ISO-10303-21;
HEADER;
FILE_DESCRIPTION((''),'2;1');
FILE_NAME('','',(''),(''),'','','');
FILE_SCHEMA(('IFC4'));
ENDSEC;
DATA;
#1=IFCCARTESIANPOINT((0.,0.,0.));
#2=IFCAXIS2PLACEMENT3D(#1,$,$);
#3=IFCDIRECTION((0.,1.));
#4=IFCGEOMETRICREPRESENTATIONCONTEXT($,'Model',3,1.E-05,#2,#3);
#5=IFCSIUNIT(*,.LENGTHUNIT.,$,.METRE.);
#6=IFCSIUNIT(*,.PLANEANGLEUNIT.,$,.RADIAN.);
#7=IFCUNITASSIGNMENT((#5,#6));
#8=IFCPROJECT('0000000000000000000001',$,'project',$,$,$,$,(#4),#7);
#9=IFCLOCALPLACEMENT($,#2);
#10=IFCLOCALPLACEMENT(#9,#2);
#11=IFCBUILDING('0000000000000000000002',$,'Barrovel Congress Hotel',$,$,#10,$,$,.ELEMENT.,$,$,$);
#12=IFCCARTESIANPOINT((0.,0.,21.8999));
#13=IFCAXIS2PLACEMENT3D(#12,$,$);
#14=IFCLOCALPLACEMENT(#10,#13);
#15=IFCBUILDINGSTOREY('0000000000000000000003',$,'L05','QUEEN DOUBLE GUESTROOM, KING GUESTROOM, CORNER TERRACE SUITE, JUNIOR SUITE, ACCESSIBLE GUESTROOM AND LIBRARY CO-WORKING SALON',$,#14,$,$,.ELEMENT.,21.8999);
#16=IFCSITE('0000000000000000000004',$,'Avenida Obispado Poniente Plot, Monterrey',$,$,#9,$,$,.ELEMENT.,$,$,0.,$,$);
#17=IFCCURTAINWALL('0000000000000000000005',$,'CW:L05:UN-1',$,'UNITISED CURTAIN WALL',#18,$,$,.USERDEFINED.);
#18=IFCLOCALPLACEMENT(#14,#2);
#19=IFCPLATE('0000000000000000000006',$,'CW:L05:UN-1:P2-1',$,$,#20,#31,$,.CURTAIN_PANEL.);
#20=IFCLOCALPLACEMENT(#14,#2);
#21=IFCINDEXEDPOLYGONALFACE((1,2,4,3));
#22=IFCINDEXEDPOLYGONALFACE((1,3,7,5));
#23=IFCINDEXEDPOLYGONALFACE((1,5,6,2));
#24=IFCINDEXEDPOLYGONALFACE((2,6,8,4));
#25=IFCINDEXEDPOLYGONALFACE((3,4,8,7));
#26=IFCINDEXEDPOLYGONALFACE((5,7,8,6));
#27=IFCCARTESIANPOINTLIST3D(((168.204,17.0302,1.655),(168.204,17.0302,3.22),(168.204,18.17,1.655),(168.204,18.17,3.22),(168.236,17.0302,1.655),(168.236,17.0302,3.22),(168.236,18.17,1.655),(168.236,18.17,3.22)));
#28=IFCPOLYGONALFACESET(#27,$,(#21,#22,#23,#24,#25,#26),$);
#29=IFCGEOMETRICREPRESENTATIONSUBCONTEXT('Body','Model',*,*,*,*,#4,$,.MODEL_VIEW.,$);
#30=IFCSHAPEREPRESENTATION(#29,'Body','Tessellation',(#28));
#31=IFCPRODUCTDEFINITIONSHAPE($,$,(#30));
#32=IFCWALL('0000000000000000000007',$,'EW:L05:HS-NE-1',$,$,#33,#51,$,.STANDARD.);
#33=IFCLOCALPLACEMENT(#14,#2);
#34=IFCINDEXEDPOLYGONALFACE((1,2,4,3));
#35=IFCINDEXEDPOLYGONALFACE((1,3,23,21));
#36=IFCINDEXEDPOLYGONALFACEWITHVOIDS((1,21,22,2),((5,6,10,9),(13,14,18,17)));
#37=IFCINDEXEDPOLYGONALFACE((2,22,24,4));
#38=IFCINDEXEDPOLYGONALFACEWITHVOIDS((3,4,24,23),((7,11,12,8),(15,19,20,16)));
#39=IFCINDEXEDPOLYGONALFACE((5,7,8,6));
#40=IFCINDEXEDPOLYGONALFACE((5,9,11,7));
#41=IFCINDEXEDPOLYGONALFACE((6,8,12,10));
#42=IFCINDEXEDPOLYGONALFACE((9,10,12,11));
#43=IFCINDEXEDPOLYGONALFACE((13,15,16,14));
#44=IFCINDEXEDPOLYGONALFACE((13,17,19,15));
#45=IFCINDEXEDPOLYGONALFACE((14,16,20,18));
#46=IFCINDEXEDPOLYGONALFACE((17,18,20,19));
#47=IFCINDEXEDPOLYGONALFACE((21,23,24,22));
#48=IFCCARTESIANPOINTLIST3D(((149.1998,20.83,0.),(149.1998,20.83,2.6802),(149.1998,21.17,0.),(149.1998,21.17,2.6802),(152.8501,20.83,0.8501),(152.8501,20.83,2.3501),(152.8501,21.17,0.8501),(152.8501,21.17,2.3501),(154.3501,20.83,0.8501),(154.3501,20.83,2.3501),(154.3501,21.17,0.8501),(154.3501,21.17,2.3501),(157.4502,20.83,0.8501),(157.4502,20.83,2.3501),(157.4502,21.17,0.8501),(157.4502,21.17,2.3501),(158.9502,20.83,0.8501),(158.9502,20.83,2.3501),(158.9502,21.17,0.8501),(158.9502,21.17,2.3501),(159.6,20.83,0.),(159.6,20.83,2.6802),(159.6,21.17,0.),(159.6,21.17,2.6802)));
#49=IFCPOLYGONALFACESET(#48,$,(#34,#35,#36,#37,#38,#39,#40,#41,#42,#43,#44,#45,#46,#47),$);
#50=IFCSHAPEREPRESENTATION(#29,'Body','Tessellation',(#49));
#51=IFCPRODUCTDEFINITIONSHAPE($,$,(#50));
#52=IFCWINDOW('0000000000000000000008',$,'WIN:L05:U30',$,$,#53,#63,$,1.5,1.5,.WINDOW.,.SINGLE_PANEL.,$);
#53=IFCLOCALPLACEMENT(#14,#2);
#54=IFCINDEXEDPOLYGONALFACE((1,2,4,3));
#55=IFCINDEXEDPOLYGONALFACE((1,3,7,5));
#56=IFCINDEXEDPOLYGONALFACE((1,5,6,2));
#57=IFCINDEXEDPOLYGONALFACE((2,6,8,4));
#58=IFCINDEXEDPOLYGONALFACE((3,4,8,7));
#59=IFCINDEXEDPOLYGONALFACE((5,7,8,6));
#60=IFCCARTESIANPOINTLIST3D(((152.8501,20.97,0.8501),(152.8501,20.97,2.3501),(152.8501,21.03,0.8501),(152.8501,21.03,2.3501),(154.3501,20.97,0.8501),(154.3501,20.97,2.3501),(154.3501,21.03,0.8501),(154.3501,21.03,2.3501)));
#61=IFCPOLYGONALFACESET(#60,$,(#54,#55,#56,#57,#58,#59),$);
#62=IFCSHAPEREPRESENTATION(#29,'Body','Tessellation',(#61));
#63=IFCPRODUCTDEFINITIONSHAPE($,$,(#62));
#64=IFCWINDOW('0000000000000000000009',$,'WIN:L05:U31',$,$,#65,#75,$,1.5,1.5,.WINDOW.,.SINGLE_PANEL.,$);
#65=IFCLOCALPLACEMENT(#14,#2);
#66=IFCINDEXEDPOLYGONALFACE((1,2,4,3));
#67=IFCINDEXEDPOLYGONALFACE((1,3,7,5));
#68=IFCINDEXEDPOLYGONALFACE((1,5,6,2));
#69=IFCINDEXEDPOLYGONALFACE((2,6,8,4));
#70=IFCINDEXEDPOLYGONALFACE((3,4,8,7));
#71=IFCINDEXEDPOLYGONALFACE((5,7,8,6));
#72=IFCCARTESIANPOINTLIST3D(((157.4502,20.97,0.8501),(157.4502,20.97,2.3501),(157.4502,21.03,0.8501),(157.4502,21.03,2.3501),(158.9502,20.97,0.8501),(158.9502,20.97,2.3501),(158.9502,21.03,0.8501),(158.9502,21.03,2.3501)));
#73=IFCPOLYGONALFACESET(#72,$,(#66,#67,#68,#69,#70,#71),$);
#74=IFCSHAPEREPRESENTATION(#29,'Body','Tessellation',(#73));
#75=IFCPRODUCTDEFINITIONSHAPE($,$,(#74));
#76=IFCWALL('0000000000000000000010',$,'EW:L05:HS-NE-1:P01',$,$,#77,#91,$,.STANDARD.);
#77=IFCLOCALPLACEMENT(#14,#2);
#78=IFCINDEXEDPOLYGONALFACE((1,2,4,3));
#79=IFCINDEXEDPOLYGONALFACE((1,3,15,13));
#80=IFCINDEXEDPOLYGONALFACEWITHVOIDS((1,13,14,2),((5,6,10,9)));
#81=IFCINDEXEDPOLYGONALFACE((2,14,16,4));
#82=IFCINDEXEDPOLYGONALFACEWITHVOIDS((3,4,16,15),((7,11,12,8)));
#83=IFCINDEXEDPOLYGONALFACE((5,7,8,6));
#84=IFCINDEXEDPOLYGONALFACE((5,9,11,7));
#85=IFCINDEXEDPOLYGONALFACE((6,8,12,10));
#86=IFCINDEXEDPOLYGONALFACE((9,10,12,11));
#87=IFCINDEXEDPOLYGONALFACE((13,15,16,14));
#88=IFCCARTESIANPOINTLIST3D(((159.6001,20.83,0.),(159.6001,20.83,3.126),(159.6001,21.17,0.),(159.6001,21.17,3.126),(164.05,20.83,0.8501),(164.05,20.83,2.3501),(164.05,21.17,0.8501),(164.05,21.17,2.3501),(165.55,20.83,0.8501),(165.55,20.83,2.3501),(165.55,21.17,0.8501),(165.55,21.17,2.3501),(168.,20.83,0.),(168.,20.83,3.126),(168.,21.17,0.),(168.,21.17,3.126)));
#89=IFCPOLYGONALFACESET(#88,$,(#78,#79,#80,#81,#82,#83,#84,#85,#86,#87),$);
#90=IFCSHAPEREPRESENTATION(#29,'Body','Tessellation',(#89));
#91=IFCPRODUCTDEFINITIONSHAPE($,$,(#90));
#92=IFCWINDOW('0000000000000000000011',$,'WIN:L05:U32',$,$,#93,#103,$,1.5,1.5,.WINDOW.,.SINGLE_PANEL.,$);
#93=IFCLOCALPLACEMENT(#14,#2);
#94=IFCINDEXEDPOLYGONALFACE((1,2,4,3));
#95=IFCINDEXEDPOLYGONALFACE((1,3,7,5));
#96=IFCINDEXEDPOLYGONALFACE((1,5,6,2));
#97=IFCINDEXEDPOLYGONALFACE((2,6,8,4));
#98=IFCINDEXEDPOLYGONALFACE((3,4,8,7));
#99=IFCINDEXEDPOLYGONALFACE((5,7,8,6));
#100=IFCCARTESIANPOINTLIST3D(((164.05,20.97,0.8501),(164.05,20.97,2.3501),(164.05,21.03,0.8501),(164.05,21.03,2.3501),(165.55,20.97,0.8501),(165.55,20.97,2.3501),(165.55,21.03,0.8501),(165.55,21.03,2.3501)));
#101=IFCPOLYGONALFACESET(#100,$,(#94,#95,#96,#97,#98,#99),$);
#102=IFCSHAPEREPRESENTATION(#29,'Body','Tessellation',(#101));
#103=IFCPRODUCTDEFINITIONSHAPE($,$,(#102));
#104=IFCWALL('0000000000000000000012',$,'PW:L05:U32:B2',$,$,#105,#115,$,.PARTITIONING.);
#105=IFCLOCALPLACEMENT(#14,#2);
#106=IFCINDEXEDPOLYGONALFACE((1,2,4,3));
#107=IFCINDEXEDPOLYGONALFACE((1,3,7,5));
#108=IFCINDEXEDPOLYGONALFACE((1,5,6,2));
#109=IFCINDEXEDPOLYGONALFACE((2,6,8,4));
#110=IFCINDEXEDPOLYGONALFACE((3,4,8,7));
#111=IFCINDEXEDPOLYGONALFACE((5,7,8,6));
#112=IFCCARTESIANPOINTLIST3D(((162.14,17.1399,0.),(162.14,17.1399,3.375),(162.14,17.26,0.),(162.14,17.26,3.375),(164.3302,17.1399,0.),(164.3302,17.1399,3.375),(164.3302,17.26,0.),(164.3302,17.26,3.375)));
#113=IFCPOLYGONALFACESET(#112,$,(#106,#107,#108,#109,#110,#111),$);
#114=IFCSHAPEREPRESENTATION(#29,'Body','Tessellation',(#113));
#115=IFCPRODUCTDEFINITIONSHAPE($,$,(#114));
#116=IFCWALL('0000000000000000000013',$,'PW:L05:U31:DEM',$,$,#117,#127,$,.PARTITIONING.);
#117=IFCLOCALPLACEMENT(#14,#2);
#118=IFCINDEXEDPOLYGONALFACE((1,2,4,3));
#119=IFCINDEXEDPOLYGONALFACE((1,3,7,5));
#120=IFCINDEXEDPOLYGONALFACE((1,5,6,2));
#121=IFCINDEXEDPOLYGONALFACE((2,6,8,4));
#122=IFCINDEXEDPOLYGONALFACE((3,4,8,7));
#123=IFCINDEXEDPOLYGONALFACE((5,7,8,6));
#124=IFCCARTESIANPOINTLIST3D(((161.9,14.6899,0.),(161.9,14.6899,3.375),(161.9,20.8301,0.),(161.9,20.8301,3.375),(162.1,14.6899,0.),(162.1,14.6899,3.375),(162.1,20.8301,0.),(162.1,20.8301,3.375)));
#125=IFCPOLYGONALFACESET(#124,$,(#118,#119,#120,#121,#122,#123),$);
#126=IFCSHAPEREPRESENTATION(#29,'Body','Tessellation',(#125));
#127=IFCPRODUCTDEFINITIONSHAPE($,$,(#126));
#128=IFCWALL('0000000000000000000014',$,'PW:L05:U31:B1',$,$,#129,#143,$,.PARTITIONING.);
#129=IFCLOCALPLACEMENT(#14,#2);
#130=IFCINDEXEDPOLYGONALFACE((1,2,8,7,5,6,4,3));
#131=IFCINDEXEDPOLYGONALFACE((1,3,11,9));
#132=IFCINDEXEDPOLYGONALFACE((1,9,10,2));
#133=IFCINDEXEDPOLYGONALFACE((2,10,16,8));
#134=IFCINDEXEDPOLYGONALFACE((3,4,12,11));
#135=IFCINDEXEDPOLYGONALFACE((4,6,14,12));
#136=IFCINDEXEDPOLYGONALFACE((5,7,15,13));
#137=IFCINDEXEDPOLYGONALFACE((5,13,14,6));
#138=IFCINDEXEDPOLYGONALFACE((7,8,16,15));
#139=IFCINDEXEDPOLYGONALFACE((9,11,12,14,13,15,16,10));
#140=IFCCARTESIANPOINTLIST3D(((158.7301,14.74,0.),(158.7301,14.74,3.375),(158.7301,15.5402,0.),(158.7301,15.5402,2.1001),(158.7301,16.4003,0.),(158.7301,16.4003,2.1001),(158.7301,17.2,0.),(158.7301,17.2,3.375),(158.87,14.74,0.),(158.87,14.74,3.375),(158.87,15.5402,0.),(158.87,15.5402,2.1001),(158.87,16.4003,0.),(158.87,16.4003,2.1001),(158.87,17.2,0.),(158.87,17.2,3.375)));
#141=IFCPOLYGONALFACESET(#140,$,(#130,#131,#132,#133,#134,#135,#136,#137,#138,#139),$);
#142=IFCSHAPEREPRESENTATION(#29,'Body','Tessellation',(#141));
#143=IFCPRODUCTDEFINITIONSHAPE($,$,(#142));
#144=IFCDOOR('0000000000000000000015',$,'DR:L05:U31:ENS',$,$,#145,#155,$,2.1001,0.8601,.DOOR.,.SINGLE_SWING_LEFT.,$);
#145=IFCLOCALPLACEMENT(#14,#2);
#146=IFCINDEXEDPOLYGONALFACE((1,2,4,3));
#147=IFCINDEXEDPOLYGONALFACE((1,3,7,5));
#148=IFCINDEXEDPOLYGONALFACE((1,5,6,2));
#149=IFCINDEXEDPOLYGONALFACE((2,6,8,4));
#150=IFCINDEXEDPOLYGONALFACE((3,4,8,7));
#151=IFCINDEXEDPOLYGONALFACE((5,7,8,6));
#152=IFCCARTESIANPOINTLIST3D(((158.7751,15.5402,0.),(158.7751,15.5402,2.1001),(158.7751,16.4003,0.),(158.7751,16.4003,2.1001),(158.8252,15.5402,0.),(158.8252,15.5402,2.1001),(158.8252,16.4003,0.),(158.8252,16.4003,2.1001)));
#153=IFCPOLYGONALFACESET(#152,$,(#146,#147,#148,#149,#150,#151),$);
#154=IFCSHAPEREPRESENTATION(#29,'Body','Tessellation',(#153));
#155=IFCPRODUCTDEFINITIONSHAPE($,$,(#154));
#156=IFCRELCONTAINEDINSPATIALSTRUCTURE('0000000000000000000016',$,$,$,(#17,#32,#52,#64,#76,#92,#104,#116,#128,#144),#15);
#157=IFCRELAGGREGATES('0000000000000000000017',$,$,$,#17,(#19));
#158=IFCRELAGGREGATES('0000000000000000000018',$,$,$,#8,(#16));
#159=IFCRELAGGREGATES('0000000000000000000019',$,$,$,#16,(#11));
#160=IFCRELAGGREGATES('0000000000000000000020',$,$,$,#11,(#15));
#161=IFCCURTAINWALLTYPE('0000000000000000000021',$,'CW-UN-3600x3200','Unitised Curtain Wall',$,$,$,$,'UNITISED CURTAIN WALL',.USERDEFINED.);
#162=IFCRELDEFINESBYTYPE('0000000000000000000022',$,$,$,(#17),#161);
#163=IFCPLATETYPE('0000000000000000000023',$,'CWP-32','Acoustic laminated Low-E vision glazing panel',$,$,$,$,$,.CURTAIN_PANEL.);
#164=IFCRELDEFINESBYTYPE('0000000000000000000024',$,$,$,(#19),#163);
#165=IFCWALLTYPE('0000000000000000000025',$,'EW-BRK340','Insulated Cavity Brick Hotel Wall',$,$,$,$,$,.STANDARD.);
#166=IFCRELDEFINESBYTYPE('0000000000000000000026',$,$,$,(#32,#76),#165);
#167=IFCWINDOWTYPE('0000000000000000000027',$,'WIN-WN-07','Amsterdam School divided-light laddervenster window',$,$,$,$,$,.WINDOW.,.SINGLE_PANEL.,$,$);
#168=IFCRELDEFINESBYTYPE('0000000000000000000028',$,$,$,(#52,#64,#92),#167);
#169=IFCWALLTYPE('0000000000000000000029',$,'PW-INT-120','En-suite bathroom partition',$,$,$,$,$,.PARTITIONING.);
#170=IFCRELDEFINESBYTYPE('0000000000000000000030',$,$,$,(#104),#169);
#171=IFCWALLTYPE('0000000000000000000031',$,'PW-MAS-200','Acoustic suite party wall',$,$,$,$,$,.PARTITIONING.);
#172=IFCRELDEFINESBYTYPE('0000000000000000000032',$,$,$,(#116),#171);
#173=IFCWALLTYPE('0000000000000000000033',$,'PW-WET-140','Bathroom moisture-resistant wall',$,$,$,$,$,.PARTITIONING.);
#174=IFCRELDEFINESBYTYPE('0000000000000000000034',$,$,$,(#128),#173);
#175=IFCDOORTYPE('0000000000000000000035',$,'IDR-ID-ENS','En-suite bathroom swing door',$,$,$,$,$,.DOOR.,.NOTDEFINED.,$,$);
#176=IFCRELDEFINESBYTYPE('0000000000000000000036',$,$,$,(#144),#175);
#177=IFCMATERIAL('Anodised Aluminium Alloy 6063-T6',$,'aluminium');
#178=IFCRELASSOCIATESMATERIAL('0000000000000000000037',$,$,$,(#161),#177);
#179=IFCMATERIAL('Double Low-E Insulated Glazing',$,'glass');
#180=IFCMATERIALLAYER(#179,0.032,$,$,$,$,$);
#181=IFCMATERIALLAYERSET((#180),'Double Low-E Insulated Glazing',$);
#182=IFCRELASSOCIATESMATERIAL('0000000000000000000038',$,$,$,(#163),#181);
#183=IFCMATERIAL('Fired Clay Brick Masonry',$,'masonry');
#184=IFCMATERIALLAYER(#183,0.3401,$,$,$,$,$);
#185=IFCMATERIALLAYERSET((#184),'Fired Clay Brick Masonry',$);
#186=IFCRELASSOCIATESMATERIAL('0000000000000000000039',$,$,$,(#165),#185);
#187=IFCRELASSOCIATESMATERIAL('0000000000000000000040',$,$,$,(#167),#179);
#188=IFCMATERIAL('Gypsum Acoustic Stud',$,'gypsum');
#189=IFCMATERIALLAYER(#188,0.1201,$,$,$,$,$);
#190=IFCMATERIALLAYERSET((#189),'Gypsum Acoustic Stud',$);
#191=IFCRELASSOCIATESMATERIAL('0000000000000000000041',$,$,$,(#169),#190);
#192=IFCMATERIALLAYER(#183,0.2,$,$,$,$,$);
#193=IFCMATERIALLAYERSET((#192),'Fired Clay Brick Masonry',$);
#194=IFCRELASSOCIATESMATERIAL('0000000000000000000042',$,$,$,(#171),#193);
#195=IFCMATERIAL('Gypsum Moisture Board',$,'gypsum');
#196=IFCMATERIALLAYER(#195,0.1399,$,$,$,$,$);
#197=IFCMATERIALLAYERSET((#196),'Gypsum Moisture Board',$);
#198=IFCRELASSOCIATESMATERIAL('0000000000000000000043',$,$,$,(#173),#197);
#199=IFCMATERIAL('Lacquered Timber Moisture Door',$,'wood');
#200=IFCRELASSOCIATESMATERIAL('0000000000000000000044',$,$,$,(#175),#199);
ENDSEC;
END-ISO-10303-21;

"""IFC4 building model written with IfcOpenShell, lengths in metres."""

from ifc_helpers import new_model, si_unit, direction, frame, frame_2d, origin, origin_2d, place, context, subcontext, project, spatial, rectangle, extrude, material, layer, layer_set, type_object, element, fill, aggregate, save


model = new_model("IFC4")

# Units and contexts
model_context = context("Model", 3, precision=1e-05, world=origin(), true_north=direction((0.0, 1.0)))
body_context = subcontext(model_context, "Body", "Model", "MODEL_VIEW")
ifc_project = project(units=[si_unit("LENGTHUNIT", "METRE"), si_unit("PLANEANGLEUNIT", "RADIAN")], contexts=[model_context])

# Site, building, storey
site_placement = place(None, origin())
site = spatial("IfcSite", under=ifc_project, at=site_placement, Name="Avenida Obispado Poniente Plot, Monterrey", CompositionType="ELEMENT", RefElevation=0.0)
building_placement = place(site_placement, origin())
building = spatial("IfcBuilding", under=site, at=building_placement, Name="Barrovel Congress Hotel", CompositionType="ELEMENT")
storey_placement = place(building_placement, frame((0.0, 0.0, 21.8999)))
storey = spatial("IfcBuildingStorey", under=building, at=storey_placement, Name="L05", Description="QUEEN DOUBLE GUESTROOM, KING GUESTROOM, CORNER TERRACE SUITE, JUNIOR SUITE, ACCESSIBLE GUESTROOM AND LIBRARY CO-WORKING SALON", CompositionType="ELEMENT", Elevation=21.8999)

# Curtain wall, plate
ifc_material_1 = material(Name="Anodised Aluminium Alloy 6063-T6", Category="aluminium")
curtain_wall_type = type_object("IfcCurtainWallType", Name="CW-UN-3600x3200", Description="Unitised Curtain Wall", ElementType="UNITISED CURTAIN WALL", PredefinedType="USERDEFINED", material=ifc_material_1)
curtain_wall_placement = place(storey_placement, origin())
curtain_wall = element("IfcCurtainWall", 1, at=curtain_wall_placement, inside=storey, type_object=curtain_wall_type, Name="CW:L05:UN-1", ObjectType="UNITISED CURTAIN WALL", PredefinedType="USERDEFINED")
ifc_material_2 = material(Name="Double Low-E Insulated Glazing", Category="glass")
ifc_layer_1 = layer(ifc_material_2, 0.032)
ifc_layer_set_1 = layer_set([ifc_layer_1], Name="Double Low-E Insulated Glazing")
plate_type = type_object("IfcPlateType", Name="CWP-32", Description="Acoustic laminated Low-E vision glazing panel", PredefinedType="CURTAIN_PANEL", material=ifc_layer_set_1)
plate_1_placement = place(storey_placement, frame((168.22, 17.6001, 1.655), z_axis=(0.0, 0.0, 1.0), x_axis=(0.0, 1.0, 0.0)))
plate_1 = element("IfcPlate", 2, at=plate_1_placement, type_object=plate_type, Name="CW:L05:UN-1:P2-1", PredefinedType="CURTAIN_PANEL", context=body_context, shape_type="SweptSolid", body=[
    extrude(rectangle(XDim=1.1399, YDim=0.032, at=origin_2d()), origin(), (0.0, 0.0, 1.0), 1.5649),
])
aggregate(curtain_wall, [plate_1])

# Wall, openings, windows
ifc_material_3 = material(Name="Fired Clay Brick Masonry", Category="masonry")
ifc_layer_2 = layer(ifc_material_3, 0.3401)
ifc_layer_set_2 = layer_set([ifc_layer_2], Name="Fired Clay Brick Masonry")
wall_type_1 = type_object("IfcWallType", Name="EW-BRK340", Description="Insulated Cavity Brick Hotel Wall", PredefinedType="STANDARD", material=ifc_layer_set_2)
wall_1_placement = place(storey_placement, frame((159.6001, 21.0, 0.0), z_axis=(0.0, 0.0, 1.0), x_axis=(-1.0, 0.0, 0.0)))
wall_1 = element("IfcWall", 3, at=wall_1_placement, inside=storey, type_object=wall_type_1, Name="EW:L05:HS-NE-1", PredefinedType="STANDARD", context=body_context, shape_type="SweptSolid", body=[
    extrude(rectangle(XDim=10.4001, YDim=0.3401, at=frame_2d((5.2002, 0.0))), origin(), (0.0, 0.0, 1.0), 2.6802),
])
opening_1_placement = place(wall_1_placement, frame((5.25, 0.0, 0.8501)))
opening_1 = element("IfcOpeningElement", 4, at=opening_1_placement, cuts=wall_1, PredefinedType="OPENING", context=body_context, shape_type="SweptSolid", body=[
    extrude(rectangle(XDim=1.5, YDim=1.5, at=frame_2d((0.75, 0.75))), frame((0.0, 0.1802, 0.0), z_axis=(0.0, -1.0, 0.0), x_axis=(1.0, 0.0, 0.0)), (0.0, 0.0, 1.0), 0.3601),
])
opening_2_placement = place(wall_1_placement, frame((0.6499, 0.0, 0.8501)))
opening_2 = element("IfcOpeningElement", 5, at=opening_2_placement, cuts=wall_1, PredefinedType="OPENING", context=body_context, shape_type="SweptSolid", body=[
    extrude(rectangle(XDim=1.5, YDim=1.5, at=frame_2d((0.75, 0.75))), frame((0.0, 0.1802, 0.0), z_axis=(0.0, -1.0, 0.0), x_axis=(1.0, 0.0, 0.0)), (0.0, 0.0, 1.0), 0.3601),
])
window_type = type_object("IfcWindowType", Name="WIN-WN-07", Description="Amsterdam School divided-light laddervenster window", PartitioningType="SINGLE_PANEL", PredefinedType="WINDOW", material=ifc_material_2)
window_1_placement = place(opening_1_placement, origin())
window_1 = element("IfcWindow", 6, at=window_1_placement, inside=storey, type_object=window_type, Name="WIN:L05:U30", OverallHeight=1.5, OverallWidth=1.5, PartitioningType="SINGLE_PANEL", PredefinedType="WINDOW", context=body_context, shape_type="SweptSolid", body=[
    extrude(rectangle(XDim=1.5, YDim=1.5, at=frame_2d((0.75, 0.75))), frame((0.0, 0.03, 0.0), z_axis=(0.0, -1.0, 0.0), x_axis=(1.0, 0.0, 0.0)), (0.0, 0.0, 1.0), 0.0601),
])
fill(opening_1, window_1)
window_2_placement = place(opening_2_placement, origin())
window_2 = element("IfcWindow", 7, at=window_2_placement, inside=storey, type_object=window_type, Name="WIN:L05:U31", OverallHeight=1.5, OverallWidth=1.5, PartitioningType="SINGLE_PANEL", PredefinedType="WINDOW", context=body_context, shape_type="SweptSolid", body=[
    extrude(rectangle(XDim=1.5, YDim=1.5, at=frame_2d((0.75, 0.75))), frame((0.0, 0.03, 0.0), z_axis=(0.0, -1.0, 0.0), x_axis=(1.0, 0.0, 0.0)), (0.0, 0.0, 1.0), 0.0601),
])
fill(opening_2, window_2)

# Wall, opening, window
wall_2_placement = place(storey_placement, frame((168.0, 21.0, 0.0), z_axis=(0.0, 0.0, 1.0), x_axis=(-1.0, 0.0, 0.0)))
wall_2 = element("IfcWall", 8, at=wall_2_placement, inside=storey, type_object=wall_type_1, Name="EW:L05:HS-NE-1:P01", PredefinedType="STANDARD", context=body_context, shape_type="SweptSolid", body=[
    extrude(rectangle(XDim=8.3999, YDim=0.3401, at=frame_2d((4.2, 0.0))), origin(), (0.0, 0.0, 1.0), 3.126),
])
opening_3_placement = place(wall_2_placement, frame((2.45, 0.0, 0.8501)))
opening_3 = element("IfcOpeningElement", 9, at=opening_3_placement, cuts=wall_2, PredefinedType="OPENING", context=body_context, shape_type="SweptSolid", body=[
    extrude(rectangle(XDim=1.5, YDim=1.5, at=frame_2d((0.75, 0.75))), frame((0.0, 0.1802, 0.0), z_axis=(0.0, -1.0, 0.0), x_axis=(1.0, 0.0, 0.0)), (0.0, 0.0, 1.0), 0.3601),
])
window_3_placement = place(opening_3_placement, origin())
window_3 = element("IfcWindow", 10, at=window_3_placement, inside=storey, type_object=window_type, Name="WIN:L05:U32", OverallHeight=1.5, OverallWidth=1.5, PartitioningType="SINGLE_PANEL", PredefinedType="WINDOW", context=body_context, shape_type="SweptSolid", body=[
    extrude(rectangle(XDim=1.5, YDim=1.5, at=frame_2d((0.75, 0.75))), frame((0.0, 0.03, 0.0), z_axis=(0.0, -1.0, 0.0), x_axis=(1.0, 0.0, 0.0)), (0.0, 0.0, 1.0), 0.0601),
])
fill(opening_3, window_3)

# Walls
ifc_material_4 = material(Name="Gypsum Acoustic Stud", Category="gypsum")
ifc_layer_3 = layer(ifc_material_4, 0.1201)
ifc_layer_set_3 = layer_set([ifc_layer_3], Name="Gypsum Acoustic Stud")
wall_type_2 = type_object("IfcWallType", Name="PW-INT-120", Description="En-suite bathroom partition", PredefinedType="PARTITIONING", material=ifc_layer_set_3)
wall_3_placement = place(storey_placement, frame((162.1399, 17.2, 0.0), z_axis=(0.0, 0.0, 1.0), x_axis=(1.0, 0.0, 0.0)))
element("IfcWall", 11, at=wall_3_placement, inside=storey, type_object=wall_type_2, Name="PW:L05:U32:B2", PredefinedType="PARTITIONING", context=body_context, shape_type="SweptSolid", body=[
    extrude(rectangle(XDim=2.1902, YDim=0.1201, at=frame_2d((1.0952, 0.0))), origin(), (0.0, 0.0, 1.0), 3.375),
])
ifc_layer_4 = layer(ifc_material_3, 0.2)
ifc_layer_set_4 = layer_set([ifc_layer_4], Name="Fired Clay Brick Masonry")
wall_type_3 = type_object("IfcWallType", Name="PW-MAS-200", Description="Acoustic suite party wall", PredefinedType="PARTITIONING", material=ifc_layer_set_4)
wall_4_placement = place(storey_placement, frame((162.0, 14.6899, 0.0), z_axis=(0.0, 0.0, 1.0), x_axis=(0.0, 1.0, 0.0)))
element("IfcWall", 12, at=wall_4_placement, inside=storey, type_object=wall_type_3, Name="PW:L05:U31:DEM", PredefinedType="PARTITIONING", context=body_context, shape_type="SweptSolid", body=[
    extrude(rectangle(XDim=6.1401, YDim=0.2, at=frame_2d((3.0701, 0.0))), origin(), (0.0, 0.0, 1.0), 3.375),
])

# Wall, opening, door
ifc_material_5 = material(Name="Gypsum Moisture Board", Category="gypsum")
ifc_layer_5 = layer(ifc_material_5, 0.1399)
ifc_layer_set_5 = layer_set([ifc_layer_5], Name="Gypsum Moisture Board")
wall_type_4 = type_object("IfcWallType", Name="PW-WET-140", Description="Bathroom moisture-resistant wall", PredefinedType="PARTITIONING", material=ifc_layer_set_5)
wall_5_placement = place(storey_placement, frame((158.8, 14.74, 0.0), z_axis=(0.0, 0.0, 1.0), x_axis=(0.0, 1.0, 0.0)))
wall_5 = element("IfcWall", 13, at=wall_5_placement, inside=storey, type_object=wall_type_4, Name="PW:L05:U31:B1", PredefinedType="PARTITIONING", context=body_context, shape_type="SweptSolid", body=[
    extrude(rectangle(XDim=2.46, YDim=0.1399, at=frame_2d((1.23, 0.0))), origin(), (0.0, 0.0, 1.0), 3.375),
])
opening_4_placement = place(wall_5_placement, frame((0.8, 0.0, 0.0)))
opening_4 = element("IfcOpeningElement", 14, at=opening_4_placement, cuts=wall_5, PredefinedType="OPENING", context=body_context, shape_type="SweptSolid", body=[
    extrude(rectangle(XDim=0.8601, YDim=2.1001, at=frame_2d((0.4302, 1.05))), frame((0.0, 0.0801, 0.0), z_axis=(0.0, -1.0, 0.0), x_axis=(1.0, 0.0, 0.0)), (0.0, 0.0, 1.0), 0.1599),
])
ifc_material_6 = material(Name="Lacquered Timber Moisture Door", Category="wood")
door_type = type_object("IfcDoorType", Name="IDR-ID-ENS", Description="En-suite bathroom swing door", OperationType="NOTDEFINED", PredefinedType="DOOR", material=ifc_material_6)
door_1_placement = place(opening_4_placement, origin())
door_1 = element("IfcDoor", 15, at=door_1_placement, inside=storey, type_object=door_type, Name="DR:L05:U31:ENS", OperationType="SINGLE_SWING_LEFT", OverallHeight=2.1001, OverallWidth=0.8601, PredefinedType="DOOR", context=body_context, shape_type="SweptSolid", body=[
    extrude(rectangle(XDim=0.8601, YDim=2.1001, at=frame_2d((0.4302, 1.05))), frame((0.0, 0.0249, 0.0), z_axis=(0.0, -1.0, 0.0), x_axis=(1.0, 0.0, 0.0)), (0.0, 0.0, 1.0), 0.05),
])
fill(opening_4, door_1)

save(model, "model.ifc")
